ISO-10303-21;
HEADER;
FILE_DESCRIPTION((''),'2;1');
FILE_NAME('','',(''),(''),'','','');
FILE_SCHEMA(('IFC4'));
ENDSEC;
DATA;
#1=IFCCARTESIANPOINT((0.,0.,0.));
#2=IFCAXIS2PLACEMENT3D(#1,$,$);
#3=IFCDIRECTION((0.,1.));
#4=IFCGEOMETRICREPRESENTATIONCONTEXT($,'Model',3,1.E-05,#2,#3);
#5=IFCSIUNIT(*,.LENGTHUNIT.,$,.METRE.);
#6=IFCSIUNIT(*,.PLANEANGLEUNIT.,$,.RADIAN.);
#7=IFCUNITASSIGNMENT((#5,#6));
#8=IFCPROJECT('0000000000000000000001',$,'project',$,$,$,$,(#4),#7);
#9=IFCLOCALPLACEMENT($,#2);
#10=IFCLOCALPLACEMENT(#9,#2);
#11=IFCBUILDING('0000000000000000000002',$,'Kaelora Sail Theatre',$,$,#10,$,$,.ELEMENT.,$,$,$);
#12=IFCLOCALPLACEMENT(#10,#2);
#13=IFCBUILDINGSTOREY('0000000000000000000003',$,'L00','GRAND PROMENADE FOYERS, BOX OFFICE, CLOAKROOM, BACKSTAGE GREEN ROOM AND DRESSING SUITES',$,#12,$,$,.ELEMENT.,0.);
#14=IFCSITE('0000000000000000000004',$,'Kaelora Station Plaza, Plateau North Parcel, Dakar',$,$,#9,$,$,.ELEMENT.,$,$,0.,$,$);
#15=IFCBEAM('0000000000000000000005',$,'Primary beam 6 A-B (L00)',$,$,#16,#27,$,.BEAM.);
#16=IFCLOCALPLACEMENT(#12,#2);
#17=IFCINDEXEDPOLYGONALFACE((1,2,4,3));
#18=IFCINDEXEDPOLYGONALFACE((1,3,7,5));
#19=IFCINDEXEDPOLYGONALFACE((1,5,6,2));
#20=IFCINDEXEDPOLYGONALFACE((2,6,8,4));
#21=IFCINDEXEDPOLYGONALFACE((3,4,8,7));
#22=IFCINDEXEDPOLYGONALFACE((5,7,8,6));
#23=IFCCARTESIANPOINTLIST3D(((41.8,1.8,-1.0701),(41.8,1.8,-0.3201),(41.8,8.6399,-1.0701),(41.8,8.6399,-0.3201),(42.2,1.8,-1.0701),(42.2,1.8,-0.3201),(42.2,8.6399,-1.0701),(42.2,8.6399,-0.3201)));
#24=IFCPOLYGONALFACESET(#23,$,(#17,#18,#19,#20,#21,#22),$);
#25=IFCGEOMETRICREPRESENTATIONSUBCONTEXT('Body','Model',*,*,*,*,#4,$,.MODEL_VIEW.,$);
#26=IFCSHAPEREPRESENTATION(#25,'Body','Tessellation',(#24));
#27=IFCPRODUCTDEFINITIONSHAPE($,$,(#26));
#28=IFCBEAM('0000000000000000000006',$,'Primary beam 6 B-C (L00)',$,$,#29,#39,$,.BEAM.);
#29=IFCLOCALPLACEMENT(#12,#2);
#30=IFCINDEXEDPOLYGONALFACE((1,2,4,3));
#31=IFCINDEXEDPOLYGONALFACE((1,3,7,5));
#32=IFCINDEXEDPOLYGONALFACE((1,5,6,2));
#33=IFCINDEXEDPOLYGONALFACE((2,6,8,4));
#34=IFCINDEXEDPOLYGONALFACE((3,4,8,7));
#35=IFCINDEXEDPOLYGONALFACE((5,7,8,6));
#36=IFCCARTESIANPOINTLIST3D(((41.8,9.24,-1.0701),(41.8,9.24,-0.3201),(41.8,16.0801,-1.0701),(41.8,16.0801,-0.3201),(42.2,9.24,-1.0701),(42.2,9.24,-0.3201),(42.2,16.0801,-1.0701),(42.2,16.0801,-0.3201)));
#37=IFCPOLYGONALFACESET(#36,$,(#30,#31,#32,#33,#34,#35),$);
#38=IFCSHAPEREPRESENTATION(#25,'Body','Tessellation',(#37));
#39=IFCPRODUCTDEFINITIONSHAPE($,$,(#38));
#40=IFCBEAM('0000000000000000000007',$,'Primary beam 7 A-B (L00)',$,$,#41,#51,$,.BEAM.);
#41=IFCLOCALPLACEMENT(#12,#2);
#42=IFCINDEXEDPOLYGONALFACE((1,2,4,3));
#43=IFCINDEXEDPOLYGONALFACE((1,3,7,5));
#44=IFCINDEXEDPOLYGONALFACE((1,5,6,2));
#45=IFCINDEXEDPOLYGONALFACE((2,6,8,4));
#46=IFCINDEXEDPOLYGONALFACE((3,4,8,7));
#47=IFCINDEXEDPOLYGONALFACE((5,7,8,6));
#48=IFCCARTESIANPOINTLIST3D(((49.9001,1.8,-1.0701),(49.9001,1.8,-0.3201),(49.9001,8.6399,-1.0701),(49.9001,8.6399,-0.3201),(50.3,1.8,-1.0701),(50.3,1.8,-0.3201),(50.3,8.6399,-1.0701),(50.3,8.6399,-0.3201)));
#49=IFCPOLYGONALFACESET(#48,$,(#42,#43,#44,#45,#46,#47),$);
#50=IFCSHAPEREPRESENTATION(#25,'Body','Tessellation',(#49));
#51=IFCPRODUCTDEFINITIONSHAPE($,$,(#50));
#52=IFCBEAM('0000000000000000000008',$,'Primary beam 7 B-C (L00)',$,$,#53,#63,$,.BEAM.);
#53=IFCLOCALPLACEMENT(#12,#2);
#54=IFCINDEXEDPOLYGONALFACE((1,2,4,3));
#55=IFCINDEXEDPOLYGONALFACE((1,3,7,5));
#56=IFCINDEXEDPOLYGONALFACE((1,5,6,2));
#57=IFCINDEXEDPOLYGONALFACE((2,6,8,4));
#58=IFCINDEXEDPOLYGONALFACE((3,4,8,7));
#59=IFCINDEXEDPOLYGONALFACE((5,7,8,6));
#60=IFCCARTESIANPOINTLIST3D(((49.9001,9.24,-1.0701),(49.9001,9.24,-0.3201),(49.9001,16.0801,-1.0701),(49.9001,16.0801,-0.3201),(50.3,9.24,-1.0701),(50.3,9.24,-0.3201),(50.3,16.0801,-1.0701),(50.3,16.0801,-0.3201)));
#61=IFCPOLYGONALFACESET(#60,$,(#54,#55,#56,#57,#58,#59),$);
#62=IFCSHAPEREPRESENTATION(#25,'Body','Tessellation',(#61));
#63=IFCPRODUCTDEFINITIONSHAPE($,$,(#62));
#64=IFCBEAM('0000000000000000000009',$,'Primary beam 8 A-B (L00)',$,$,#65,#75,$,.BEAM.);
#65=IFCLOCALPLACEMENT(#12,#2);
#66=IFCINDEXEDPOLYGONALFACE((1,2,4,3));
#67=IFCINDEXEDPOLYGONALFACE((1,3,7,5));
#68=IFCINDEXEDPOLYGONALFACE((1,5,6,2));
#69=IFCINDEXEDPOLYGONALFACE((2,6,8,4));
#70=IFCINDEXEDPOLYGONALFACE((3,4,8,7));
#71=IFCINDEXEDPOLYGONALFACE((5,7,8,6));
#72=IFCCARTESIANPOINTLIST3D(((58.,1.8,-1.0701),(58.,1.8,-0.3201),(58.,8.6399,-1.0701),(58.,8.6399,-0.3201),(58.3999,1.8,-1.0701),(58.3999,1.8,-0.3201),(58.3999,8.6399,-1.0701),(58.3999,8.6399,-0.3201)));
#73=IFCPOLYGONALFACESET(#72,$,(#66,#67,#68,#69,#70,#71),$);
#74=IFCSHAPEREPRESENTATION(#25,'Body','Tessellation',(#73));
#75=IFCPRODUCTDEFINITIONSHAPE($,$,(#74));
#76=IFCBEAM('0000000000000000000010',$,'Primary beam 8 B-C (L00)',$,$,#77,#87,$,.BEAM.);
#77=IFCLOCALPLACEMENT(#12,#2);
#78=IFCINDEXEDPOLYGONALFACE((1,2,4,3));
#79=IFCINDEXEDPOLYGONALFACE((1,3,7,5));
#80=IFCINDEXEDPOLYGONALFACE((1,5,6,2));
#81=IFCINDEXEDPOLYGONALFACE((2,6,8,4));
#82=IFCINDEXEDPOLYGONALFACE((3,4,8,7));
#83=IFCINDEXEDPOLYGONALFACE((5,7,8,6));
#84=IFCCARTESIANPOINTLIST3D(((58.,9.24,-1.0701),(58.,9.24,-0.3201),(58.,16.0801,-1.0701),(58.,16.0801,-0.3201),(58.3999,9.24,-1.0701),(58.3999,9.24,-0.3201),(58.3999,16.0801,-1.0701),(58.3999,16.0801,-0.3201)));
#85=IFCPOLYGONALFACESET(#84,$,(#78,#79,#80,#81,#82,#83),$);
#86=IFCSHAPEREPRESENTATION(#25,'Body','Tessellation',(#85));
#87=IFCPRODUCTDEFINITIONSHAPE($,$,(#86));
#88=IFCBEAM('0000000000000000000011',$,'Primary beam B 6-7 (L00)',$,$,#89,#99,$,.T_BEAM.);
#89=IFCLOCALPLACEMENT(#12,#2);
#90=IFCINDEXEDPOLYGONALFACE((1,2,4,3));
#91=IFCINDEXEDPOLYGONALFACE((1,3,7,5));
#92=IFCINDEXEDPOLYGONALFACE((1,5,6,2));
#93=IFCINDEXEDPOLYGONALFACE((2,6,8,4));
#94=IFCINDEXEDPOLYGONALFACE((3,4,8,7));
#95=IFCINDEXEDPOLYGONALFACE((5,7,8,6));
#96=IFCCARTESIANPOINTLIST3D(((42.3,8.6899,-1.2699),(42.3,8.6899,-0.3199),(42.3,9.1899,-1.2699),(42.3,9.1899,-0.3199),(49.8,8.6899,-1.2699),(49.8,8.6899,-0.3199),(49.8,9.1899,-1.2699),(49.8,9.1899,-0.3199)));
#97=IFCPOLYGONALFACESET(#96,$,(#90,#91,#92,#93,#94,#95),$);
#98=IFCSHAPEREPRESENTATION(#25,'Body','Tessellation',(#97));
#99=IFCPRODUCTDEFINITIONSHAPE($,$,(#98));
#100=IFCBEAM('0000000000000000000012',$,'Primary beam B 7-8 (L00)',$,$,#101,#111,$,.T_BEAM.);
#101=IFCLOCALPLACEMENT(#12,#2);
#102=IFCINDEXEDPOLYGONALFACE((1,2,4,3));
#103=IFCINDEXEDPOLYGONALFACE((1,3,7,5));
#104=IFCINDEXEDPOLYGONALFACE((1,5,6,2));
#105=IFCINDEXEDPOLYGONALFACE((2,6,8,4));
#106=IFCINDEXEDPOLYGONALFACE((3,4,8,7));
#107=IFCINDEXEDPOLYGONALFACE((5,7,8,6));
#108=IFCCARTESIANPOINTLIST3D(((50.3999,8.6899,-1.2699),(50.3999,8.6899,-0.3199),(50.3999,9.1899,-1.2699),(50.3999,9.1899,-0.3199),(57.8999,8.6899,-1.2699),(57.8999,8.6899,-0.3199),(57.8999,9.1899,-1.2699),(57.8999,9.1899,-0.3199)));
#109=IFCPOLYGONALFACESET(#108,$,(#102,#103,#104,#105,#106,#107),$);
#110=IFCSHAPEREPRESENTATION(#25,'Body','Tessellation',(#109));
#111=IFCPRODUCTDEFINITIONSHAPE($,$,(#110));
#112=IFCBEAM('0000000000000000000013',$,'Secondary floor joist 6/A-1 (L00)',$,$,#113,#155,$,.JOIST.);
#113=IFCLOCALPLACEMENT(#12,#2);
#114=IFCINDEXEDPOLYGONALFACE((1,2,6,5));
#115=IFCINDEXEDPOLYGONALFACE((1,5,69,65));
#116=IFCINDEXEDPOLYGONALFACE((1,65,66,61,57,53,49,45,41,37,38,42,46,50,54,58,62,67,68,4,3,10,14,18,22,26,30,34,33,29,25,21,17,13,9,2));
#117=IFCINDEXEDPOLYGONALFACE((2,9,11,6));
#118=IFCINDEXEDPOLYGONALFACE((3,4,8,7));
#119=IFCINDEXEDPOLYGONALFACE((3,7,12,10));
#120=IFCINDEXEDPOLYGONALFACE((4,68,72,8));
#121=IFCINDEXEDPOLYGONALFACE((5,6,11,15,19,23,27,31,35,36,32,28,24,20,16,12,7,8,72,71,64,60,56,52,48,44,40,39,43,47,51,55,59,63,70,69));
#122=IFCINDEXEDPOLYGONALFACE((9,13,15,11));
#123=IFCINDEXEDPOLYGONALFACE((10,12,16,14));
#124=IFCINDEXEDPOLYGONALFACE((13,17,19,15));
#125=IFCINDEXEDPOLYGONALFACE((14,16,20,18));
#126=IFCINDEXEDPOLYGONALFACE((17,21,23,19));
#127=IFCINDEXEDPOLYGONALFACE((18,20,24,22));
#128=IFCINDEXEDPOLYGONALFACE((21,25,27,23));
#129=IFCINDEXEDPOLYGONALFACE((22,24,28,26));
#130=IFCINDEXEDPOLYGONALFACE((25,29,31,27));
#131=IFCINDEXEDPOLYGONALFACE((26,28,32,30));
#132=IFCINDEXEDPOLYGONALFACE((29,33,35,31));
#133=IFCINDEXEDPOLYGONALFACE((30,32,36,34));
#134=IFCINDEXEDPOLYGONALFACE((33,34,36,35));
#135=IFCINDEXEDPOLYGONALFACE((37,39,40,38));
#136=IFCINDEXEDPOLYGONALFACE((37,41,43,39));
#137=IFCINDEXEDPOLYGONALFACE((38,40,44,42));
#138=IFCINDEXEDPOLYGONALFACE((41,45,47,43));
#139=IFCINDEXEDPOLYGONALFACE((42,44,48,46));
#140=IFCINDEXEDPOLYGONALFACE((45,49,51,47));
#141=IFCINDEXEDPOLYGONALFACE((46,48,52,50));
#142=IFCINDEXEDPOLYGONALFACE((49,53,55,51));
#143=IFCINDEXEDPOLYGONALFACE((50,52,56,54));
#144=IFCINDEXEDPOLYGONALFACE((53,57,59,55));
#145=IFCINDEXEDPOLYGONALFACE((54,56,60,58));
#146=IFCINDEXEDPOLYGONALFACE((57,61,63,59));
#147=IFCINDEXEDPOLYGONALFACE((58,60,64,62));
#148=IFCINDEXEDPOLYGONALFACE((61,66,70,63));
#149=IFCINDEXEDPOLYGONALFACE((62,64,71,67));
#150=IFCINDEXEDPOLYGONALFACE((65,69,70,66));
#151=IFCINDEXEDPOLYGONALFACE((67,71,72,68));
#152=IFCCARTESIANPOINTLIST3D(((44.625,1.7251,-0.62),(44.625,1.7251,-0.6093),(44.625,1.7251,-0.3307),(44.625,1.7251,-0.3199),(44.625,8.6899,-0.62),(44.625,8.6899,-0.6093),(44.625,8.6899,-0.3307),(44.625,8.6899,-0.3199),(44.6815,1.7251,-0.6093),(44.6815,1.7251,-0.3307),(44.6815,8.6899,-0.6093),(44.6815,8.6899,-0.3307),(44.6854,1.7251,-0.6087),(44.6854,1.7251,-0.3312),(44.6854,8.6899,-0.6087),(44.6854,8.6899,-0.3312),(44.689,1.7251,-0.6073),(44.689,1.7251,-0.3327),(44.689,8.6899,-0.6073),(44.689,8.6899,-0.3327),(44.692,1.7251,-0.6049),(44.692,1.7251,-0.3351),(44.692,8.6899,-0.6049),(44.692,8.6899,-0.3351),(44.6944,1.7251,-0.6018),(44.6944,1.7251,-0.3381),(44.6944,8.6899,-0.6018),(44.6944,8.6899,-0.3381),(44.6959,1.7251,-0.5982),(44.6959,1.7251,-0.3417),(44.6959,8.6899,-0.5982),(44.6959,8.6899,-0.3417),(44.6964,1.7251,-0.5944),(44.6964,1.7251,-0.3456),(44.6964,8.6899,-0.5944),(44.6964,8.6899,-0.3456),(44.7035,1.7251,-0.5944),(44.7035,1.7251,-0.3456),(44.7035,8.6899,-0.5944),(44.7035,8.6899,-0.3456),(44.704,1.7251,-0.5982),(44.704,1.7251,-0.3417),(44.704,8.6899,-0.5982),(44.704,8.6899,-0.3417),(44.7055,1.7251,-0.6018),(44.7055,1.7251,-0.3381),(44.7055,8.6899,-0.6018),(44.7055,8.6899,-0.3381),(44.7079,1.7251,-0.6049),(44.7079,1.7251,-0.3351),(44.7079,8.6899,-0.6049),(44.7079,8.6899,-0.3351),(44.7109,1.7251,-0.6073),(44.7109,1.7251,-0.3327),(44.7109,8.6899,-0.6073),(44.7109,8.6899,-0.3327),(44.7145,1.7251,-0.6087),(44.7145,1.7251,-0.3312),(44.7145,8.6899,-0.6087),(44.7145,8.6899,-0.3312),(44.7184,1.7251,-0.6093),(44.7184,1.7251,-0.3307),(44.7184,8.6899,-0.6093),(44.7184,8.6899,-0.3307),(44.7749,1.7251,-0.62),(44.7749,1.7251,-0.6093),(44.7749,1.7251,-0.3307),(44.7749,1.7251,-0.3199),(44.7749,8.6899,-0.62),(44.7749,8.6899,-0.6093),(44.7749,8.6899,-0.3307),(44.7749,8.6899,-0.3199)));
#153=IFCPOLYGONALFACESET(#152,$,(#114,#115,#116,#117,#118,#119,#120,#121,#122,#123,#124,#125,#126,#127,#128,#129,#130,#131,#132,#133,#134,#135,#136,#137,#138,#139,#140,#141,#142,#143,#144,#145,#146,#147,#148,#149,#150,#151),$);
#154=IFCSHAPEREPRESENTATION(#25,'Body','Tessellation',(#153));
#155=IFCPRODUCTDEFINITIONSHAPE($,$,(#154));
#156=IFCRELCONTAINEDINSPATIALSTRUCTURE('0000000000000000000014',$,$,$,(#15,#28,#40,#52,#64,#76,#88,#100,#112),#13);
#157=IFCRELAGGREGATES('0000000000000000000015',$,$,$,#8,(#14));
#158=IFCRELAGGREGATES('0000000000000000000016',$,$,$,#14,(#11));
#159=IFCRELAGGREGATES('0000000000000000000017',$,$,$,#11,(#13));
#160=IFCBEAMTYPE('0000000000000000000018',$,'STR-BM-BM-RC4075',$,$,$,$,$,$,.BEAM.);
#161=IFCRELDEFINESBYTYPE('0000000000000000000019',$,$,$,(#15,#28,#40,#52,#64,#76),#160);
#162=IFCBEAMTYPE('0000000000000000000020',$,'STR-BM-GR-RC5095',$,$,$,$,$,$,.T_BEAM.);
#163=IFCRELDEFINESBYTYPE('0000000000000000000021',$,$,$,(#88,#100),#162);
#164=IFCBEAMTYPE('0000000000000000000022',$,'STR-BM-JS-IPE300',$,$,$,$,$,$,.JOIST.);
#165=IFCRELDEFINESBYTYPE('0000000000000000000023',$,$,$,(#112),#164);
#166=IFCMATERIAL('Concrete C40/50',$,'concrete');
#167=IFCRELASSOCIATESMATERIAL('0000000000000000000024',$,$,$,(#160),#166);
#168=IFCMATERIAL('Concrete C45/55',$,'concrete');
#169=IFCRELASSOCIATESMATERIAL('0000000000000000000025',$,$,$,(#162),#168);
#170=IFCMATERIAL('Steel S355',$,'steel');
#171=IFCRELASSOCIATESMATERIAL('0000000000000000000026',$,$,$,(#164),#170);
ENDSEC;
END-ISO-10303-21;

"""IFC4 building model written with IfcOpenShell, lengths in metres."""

from ifc_helpers import new_model, si_unit, direction, frame, origin, origin_2d, place, context, subcontext, project, spatial, rectangle, i_section, extrude, material, material_profile, profile_set, type_object, element, save


model = new_model("IFC4")

# Units and contexts
model_context = context("Model", 3, precision=1e-05, world=origin(), true_north=direction((0.0, 1.0)))
body_context = subcontext(model_context, "Body", "Model", "MODEL_VIEW")
ifc_project = project(units=[si_unit("LENGTHUNIT", "METRE"), si_unit("PLANEANGLEUNIT", "RADIAN")], contexts=[model_context])

# Site, building, storey
site_placement = place(None, origin())
site = spatial("IfcSite", under=ifc_project, at=site_placement, Name="Kaelora Station Plaza, Plateau North Parcel, Dakar", CompositionType="ELEMENT", RefElevation=0.0)
building_placement = place(site_placement, origin())
building = spatial("IfcBuilding", under=site, at=building_placement, Name="Kaelora Sail Theatre", CompositionType="ELEMENT")
storey_placement = place(building_placement, origin())
storey = spatial("IfcBuildingStorey", under=building, at=storey_placement, Name="L00", Description="GRAND PROMENADE FOYERS, BOX OFFICE, CLOAKROOM, BACKSTAGE GREEN ROOM AND DRESSING SUITES", CompositionType="ELEMENT", Elevation=0.0)

# Beams
ifc_material_1 = material(Name="Concrete C40/50", Category="concrete")
ifc_material_profile_1 = material_profile(ifc_material_1, rectangle(XDim=0.3999, YDim=0.75, at=origin_2d()), Name="RC-BM 400x750")
ifc_profile_set_1 = profile_set([ifc_material_profile_1], Name="Concrete C40/50")
beam_type_1 = type_object("IfcBeamType", Name="STR-BM-BM-RC4075", PredefinedType="BEAM", material=ifc_profile_set_1)
beam_1_placement = place(storey_placement, frame((42.0, 1.8, -0.6951), z_axis=(0.0, 1.0, 0.0), x_axis=(-1.0, 0.0, 0.0)))
element("IfcBeam", 1, at=beam_1_placement, inside=storey, type_object=beam_type_1, Name="Primary beam 6 A-B (L00)", PredefinedType="BEAM", context=body_context, shape_type="SweptSolid", body=[
    extrude(rectangle(XDim=0.3999, YDim=0.75, at=origin_2d()), origin(), (0.0, 0.0, 1.0), 6.8398),
])
beam_2_placement = place(storey_placement, frame((42.0, 9.24, -0.6951), z_axis=(0.0, 1.0, 0.0), x_axis=(-1.0, 0.0, 0.0)))
element("IfcBeam", 2, at=beam_2_placement, inside=storey, type_object=beam_type_1, Name="Primary beam 6 B-C (L00)", PredefinedType="BEAM", context=body_context, shape_type="SweptSolid", body=[
    extrude(rectangle(XDim=0.3999, YDim=0.75, at=origin_2d()), origin(), (0.0, 0.0, 1.0), 6.8401),
])
beam_3_placement = place(storey_placement, frame((50.1001, 1.8, -0.6951), z_axis=(0.0, 1.0, 0.0), x_axis=(-1.0, 0.0, 0.0)))
element("IfcBeam", 3, at=beam_3_placement, inside=storey, type_object=beam_type_1, Name="Primary beam 7 A-B (L00)", PredefinedType="BEAM", context=body_context, shape_type="SweptSolid", body=[
    extrude(rectangle(XDim=0.3999, YDim=0.75, at=origin_2d()), origin(), (0.0, 0.0, 1.0), 6.8398),
])
beam_4_placement = place(storey_placement, frame((50.1001, 9.24, -0.6951), z_axis=(0.0, 1.0, 0.0), x_axis=(-1.0, 0.0, 0.0)))
element("IfcBeam", 4, at=beam_4_placement, inside=storey, type_object=beam_type_1, Name="Primary beam 7 B-C (L00)", PredefinedType="BEAM", context=body_context, shape_type="SweptSolid", body=[
    extrude(rectangle(XDim=0.3999, YDim=0.75, at=origin_2d()), origin(), (0.0, 0.0, 1.0), 6.8401),
])
beam_5_placement = place(storey_placement, frame((58.2, 1.8, -0.6951), z_axis=(0.0, 1.0, 0.0), x_axis=(-1.0, 0.0, 0.0)))
element("IfcBeam", 5, at=beam_5_placement, inside=storey, type_object=beam_type_1, Name="Primary beam 8 A-B (L00)", PredefinedType="BEAM", context=body_context, shape_type="SweptSolid", body=[
    extrude(rectangle(XDim=0.3999, YDim=0.75, at=origin_2d()), origin(), (0.0, 0.0, 1.0), 6.8398),
])
beam_6_placement = place(storey_placement, frame((58.2, 9.24, -0.6951), z_axis=(0.0, 1.0, 0.0), x_axis=(-1.0, 0.0, 0.0)))
element("IfcBeam", 6, at=beam_6_placement, inside=storey, type_object=beam_type_1, Name="Primary beam 8 B-C (L00)", PredefinedType="BEAM", context=body_context, shape_type="SweptSolid", body=[
    extrude(rectangle(XDim=0.3999, YDim=0.75, at=origin_2d()), origin(), (0.0, 0.0, 1.0), 6.8401),
])
ifc_material_2 = material(Name="Concrete C45/55", Category="concrete")
ifc_material_profile_2 = material_profile(ifc_material_2, rectangle(XDim=0.5, YDim=0.95, at=origin_2d()), Name="RC-GRD 500x950")
ifc_profile_set_2 = profile_set([ifc_material_profile_2], Name="Concrete C45/55")
beam_type_2 = type_object("IfcBeamType", Name="STR-BM-GR-RC5095", PredefinedType="T_BEAM", material=ifc_profile_set_2)
for number, where, z_axis, x_axis, name in (
    (7, (42.3, 8.9399, -0.7949), (1.0, 0.0, 0.0), (0.0, 1.0, 0.0), "Primary beam B 6-7 (L00)"),
    (8, (50.3999, 8.9399, -0.7949), (1.0, 0.0, 0.0), (0.0, 1.0, 0.0), "Primary beam B 7-8 (L00)"),
):
    element("IfcBeam", number, at=place(storey_placement, frame(where, z_axis=z_axis, x_axis=x_axis)), inside=storey, type_object=beam_type_2, Name=name, PredefinedType="T_BEAM", context=body_context, shape_type="SweptSolid", body=[
        extrude(rectangle(XDim=0.5, YDim=0.95, at=origin_2d()), origin(), (0.0, 0.0, 1.0), 7.5),
    ])
ifc_material_3 = material(Name="Steel S355", Category="steel")
ifc_material_profile_3 = material_profile(ifc_material_3, i_section(OverallWidth=0.1499, OverallDepth=0.3, WebThickness=0.0071, FlangeThickness=0.0107, FilletRadius=0.0149, at=origin_2d()), Name="IPE 300")
ifc_profile_set_3 = profile_set([ifc_material_profile_3], Name="Steel S355")
beam_type_3 = type_object("IfcBeamType", Name="STR-BM-JS-IPE300", PredefinedType="JOIST", material=ifc_profile_set_3)
beam_7_placement = place(storey_placement, frame((44.7, 1.7251, -0.47), z_axis=(0.0, 1.0, 0.0), x_axis=(-1.0, 0.0, 0.0)))
element("IfcBeam", 9, at=beam_7_placement, inside=storey, type_object=beam_type_3, Name="Secondary floor joist 6/A-1 (L00)", PredefinedType="JOIST", context=body_context, shape_type="SweptSolid", body=[
    extrude(i_section(OverallWidth=0.1499, OverallDepth=0.3, WebThickness=0.0071, FlangeThickness=0.0107, FilletRadius=0.0149, at=origin_2d()), origin(), (0.0, 0.0, 1.0), 6.9648),
])

save(model, "model.ifc")
